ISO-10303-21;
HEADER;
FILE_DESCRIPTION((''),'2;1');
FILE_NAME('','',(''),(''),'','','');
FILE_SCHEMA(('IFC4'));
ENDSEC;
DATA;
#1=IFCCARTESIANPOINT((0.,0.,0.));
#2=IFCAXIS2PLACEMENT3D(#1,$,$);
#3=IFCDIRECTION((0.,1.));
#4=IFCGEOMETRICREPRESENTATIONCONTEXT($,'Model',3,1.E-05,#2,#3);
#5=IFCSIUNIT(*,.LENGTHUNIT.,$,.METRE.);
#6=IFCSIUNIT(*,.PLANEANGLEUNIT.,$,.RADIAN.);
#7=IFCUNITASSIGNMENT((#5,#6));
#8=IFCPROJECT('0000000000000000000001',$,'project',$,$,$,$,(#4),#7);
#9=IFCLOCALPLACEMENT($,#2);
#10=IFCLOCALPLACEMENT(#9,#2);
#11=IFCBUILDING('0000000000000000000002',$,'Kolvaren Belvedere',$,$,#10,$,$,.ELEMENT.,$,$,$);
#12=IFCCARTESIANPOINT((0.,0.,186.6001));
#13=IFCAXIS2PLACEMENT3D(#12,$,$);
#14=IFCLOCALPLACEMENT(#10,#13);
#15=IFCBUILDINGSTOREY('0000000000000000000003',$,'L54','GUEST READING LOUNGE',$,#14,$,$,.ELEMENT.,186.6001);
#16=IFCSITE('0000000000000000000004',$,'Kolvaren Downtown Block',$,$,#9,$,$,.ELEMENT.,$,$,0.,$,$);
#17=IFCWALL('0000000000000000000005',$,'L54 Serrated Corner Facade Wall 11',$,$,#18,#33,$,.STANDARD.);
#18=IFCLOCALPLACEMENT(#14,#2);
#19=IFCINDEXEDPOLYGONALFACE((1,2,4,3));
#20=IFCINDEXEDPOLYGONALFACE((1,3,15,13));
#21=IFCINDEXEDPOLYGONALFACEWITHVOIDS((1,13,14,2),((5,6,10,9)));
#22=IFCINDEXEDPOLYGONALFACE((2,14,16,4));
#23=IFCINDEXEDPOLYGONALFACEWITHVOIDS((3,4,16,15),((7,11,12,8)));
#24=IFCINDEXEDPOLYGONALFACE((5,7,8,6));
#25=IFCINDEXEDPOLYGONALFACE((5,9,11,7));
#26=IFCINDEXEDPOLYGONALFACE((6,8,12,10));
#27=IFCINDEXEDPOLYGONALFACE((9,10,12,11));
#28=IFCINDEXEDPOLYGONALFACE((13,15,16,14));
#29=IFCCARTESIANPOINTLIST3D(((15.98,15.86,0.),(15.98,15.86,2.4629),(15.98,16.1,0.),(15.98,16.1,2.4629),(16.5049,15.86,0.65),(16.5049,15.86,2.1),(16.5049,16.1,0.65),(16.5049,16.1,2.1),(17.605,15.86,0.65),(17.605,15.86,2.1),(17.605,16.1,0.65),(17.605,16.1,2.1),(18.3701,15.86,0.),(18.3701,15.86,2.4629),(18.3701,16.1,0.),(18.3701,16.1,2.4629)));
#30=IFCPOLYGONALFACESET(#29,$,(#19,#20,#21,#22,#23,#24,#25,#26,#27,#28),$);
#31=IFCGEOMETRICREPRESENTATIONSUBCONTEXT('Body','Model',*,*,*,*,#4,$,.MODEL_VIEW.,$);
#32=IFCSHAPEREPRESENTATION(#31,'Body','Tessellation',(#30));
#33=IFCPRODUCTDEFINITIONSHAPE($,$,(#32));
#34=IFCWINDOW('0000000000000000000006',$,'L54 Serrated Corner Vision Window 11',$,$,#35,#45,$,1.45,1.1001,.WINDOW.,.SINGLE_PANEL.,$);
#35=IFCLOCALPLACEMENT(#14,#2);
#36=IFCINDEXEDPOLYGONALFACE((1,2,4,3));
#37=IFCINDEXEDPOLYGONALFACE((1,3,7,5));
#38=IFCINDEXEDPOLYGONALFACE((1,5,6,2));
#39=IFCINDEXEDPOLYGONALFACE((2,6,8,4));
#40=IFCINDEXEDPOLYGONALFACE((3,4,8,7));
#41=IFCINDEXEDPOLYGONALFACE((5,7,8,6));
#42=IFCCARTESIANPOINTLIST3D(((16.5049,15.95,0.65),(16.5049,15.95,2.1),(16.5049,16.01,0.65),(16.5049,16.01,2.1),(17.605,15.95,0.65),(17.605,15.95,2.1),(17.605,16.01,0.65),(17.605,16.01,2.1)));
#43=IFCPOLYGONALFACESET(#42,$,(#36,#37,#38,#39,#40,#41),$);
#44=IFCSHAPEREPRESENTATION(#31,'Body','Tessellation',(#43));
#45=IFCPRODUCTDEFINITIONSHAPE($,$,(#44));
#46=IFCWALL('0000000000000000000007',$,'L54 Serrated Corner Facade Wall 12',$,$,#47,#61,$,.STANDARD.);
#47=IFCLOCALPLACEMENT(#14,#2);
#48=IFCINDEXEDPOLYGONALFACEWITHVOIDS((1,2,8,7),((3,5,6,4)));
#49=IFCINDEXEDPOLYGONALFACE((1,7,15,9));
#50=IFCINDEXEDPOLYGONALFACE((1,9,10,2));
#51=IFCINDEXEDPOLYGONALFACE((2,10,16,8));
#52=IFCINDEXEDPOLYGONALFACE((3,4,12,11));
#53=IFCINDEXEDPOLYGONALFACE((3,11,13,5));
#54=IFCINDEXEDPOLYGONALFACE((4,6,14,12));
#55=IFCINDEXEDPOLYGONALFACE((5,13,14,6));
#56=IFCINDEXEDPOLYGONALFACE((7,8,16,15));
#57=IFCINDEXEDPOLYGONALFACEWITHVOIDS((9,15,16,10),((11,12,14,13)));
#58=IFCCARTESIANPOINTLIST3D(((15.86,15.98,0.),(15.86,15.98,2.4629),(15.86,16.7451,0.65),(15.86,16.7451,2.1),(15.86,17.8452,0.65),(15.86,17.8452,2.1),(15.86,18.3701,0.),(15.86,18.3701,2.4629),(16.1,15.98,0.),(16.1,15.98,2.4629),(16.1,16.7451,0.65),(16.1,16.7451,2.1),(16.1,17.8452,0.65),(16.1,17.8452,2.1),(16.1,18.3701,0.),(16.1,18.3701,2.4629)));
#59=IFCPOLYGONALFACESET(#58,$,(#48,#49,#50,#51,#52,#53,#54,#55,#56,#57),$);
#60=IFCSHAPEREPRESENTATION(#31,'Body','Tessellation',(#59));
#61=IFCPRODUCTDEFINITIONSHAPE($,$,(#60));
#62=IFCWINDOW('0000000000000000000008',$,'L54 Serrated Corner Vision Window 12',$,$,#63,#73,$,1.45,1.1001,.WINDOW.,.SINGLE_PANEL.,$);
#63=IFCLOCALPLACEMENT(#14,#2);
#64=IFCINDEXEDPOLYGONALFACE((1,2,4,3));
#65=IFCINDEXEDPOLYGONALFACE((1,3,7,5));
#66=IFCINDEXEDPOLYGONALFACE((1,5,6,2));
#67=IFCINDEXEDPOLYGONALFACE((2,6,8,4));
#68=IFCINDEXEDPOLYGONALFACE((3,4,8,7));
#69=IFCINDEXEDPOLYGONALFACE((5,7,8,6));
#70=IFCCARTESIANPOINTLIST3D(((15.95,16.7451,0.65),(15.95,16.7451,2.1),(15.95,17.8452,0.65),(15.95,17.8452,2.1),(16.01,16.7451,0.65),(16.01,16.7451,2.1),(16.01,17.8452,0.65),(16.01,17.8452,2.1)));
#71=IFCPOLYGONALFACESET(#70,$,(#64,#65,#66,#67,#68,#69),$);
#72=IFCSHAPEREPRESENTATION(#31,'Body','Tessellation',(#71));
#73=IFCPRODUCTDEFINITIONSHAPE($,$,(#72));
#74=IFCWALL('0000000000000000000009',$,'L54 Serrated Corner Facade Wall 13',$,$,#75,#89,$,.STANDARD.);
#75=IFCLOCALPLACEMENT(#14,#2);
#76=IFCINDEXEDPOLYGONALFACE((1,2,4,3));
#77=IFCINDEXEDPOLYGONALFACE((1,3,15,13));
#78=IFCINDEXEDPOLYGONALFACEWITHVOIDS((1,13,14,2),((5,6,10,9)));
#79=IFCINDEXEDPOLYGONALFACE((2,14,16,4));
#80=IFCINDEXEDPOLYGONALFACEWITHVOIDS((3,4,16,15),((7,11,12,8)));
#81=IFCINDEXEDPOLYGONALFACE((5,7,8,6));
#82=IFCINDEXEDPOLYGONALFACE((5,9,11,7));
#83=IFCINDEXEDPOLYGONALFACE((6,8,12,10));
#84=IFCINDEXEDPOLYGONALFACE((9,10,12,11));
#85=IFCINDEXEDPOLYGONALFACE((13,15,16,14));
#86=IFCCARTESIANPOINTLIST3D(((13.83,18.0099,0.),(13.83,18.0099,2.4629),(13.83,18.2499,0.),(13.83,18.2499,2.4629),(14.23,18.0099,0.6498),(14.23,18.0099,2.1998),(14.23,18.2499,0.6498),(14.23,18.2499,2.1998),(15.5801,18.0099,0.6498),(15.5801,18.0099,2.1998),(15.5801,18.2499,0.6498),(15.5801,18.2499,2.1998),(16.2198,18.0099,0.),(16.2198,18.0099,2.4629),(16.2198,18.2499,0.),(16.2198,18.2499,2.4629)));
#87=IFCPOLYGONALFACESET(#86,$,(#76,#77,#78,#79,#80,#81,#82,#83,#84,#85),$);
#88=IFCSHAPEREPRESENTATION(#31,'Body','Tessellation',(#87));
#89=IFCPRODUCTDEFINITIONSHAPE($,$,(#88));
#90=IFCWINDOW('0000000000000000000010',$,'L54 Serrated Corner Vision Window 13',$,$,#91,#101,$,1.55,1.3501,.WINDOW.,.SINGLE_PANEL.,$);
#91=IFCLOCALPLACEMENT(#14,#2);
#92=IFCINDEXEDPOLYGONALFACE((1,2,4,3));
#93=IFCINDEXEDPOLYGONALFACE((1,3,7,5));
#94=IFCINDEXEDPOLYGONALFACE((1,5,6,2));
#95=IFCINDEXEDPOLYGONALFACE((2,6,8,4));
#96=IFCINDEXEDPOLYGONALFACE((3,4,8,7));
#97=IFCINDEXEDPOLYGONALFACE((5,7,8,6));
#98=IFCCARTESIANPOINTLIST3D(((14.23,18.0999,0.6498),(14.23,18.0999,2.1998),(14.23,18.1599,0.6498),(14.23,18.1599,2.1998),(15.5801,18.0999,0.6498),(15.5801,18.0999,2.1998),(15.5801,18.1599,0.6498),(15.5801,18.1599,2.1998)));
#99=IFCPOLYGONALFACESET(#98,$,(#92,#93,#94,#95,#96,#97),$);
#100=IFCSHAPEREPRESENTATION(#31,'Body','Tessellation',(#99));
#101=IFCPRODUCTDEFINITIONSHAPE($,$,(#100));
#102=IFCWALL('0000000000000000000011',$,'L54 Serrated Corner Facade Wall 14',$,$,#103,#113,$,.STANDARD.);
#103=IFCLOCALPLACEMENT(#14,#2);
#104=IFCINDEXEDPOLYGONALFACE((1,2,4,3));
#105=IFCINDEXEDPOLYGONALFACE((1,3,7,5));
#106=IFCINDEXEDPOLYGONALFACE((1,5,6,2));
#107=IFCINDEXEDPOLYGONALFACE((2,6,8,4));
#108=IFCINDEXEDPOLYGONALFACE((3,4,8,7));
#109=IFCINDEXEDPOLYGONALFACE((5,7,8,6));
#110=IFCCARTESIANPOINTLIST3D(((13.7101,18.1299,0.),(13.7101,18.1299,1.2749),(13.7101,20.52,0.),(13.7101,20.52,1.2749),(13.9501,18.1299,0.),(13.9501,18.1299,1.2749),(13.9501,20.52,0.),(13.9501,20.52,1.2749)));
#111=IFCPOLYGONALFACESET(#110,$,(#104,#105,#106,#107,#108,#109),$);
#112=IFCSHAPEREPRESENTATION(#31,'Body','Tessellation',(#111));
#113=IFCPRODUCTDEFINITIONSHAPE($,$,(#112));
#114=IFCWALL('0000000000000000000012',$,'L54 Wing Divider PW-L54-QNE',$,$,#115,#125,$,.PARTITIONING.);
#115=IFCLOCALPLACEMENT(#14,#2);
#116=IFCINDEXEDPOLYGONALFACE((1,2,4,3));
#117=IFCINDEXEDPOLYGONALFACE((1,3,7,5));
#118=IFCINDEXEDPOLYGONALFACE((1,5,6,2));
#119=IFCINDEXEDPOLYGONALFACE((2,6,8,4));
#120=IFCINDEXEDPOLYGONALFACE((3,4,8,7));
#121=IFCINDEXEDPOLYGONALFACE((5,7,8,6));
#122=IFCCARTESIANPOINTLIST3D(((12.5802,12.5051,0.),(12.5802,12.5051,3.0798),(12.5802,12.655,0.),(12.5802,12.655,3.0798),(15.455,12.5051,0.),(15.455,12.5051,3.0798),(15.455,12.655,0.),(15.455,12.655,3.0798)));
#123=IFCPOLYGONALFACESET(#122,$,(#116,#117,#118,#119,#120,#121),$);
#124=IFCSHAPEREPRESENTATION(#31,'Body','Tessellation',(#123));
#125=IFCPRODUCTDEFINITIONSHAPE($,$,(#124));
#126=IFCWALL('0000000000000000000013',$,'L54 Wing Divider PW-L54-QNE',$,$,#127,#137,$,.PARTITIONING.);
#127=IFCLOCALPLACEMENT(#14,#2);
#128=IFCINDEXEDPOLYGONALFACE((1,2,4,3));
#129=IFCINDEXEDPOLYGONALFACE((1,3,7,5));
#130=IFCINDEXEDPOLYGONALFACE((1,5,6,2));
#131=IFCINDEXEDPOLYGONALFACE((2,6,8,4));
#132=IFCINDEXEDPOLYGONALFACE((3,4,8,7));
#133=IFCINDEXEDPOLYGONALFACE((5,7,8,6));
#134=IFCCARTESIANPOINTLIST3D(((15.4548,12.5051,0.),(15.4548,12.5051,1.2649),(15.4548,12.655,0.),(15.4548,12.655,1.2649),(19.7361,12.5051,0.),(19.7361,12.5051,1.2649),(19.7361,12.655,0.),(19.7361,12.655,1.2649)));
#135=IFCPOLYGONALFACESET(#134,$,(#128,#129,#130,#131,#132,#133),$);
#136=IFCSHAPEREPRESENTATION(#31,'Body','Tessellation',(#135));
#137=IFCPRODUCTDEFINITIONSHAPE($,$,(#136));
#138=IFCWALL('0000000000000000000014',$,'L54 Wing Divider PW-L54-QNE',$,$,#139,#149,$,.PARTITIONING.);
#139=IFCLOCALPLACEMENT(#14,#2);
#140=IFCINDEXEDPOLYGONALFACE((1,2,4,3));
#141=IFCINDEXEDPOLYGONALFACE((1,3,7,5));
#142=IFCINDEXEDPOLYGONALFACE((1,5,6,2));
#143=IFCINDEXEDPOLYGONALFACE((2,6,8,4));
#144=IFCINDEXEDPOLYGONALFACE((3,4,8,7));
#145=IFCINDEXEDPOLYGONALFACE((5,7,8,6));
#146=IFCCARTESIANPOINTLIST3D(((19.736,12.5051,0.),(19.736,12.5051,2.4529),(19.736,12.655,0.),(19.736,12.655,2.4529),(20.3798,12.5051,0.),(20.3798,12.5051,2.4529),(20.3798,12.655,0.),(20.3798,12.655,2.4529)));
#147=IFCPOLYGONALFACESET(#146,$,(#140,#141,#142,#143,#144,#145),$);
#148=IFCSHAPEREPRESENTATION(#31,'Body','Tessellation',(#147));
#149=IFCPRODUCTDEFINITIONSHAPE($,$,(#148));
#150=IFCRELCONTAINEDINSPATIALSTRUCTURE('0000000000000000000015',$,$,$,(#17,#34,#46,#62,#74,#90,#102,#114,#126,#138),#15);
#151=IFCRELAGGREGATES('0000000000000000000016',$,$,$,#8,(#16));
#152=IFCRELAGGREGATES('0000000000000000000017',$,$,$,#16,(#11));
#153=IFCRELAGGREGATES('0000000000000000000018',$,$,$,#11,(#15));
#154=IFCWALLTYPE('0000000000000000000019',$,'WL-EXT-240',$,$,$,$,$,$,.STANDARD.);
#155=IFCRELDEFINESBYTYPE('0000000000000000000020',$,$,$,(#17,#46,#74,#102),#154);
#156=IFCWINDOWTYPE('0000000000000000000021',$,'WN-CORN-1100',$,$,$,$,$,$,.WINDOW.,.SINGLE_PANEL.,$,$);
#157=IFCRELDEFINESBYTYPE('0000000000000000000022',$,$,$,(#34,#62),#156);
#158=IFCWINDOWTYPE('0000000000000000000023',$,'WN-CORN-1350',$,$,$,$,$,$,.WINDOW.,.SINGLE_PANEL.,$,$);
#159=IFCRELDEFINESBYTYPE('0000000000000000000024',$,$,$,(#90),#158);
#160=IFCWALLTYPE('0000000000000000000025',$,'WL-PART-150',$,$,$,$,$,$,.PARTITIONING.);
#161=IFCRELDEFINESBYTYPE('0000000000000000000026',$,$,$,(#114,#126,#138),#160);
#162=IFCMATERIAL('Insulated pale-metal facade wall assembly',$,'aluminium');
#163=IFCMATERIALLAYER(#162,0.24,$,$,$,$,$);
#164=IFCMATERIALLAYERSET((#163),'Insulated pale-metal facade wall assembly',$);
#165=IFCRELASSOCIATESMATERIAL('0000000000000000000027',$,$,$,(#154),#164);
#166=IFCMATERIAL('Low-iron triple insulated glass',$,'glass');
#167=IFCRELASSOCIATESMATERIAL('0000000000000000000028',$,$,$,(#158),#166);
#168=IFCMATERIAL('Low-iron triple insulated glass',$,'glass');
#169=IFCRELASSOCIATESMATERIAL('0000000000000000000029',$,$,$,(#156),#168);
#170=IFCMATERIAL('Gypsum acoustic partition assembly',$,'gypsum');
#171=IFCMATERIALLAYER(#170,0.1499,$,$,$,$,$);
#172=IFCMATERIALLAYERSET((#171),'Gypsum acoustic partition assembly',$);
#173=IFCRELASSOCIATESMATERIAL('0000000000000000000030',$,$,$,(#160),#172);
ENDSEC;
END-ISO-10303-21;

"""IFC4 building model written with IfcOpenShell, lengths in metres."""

from ifc_helpers import new_model, si_unit, direction, frame, frame_2d, origin, place, context, subcontext, project, spatial, rectangle, extrude, material, layer, layer_set, type_object, element, fill, save


model = new_model("IFC4")

# Units and contexts
model_context = context("Model", 3, precision=1e-05, world=origin(), true_north=direction((0.0, 1.0)))
body_context = subcontext(model_context, "Body", "Model", "MODEL_VIEW")
ifc_project = project(units=[si_unit("LENGTHUNIT", "METRE"), si_unit("PLANEANGLEUNIT", "RADIAN")], contexts=[model_context])

# Site, building, storey
site_placement = place(None, origin())
site = spatial("IfcSite", under=ifc_project, at=site_placement, Name="Kolvaren Downtown Block", CompositionType="ELEMENT", RefElevation=0.0)
building_placement = place(site_placement, origin())
building = spatial("IfcBuilding", under=site, at=building_placement, Name="Kolvaren Belvedere", CompositionType="ELEMENT")
storey_placement = place(building_placement, frame((0.0, 0.0, 186.6001)))
storey = spatial("IfcBuildingStorey", under=building, at=storey_placement, Name="L54", Description="GUEST READING LOUNGE", CompositionType="ELEMENT", Elevation=186.6001)

# Shared definitions
ifc_material_1 = material(Name="Insulated pale-metal facade wall assembly", Category="aluminium")
ifc_layer_1 = layer(ifc_material_1, 0.24)
ifc_layer_set_1 = layer_set([ifc_layer_1], Name="Insulated pale-metal facade wall assembly")
wall_type_1 = type_object("IfcWallType", Name="WL-EXT-240", PredefinedType="STANDARD", material=ifc_layer_set_1)

# Walls, openings, windows
ifc_material_2 = material(Name="Low-iron triple insulated glass", Category="glass")
window_type_1 = type_object("IfcWindowType", Name="WN-CORN-1350", PartitioningType="SINGLE_PANEL", PredefinedType="WINDOW", material=ifc_material_2)
wall_1_placement = place(storey_placement, frame((15.98, 15.98, 0.0), z_axis=(0.0, 0.0, 1.0), x_axis=(1.0, 0.0, 0.0)))
wall_1 = element("IfcWall", 1, at=wall_1_placement, inside=storey, type_object=wall_type_1, Name="L54 Serrated Corner Facade Wall 11", PredefinedType="STANDARD", context=body_context, shape_type="SweptSolid", body=[
    extrude(rectangle(XDim=2.3901, YDim=0.24, at=frame_2d((1.1951, 0.0))), origin(), (0.0, 0.0, 1.0), 2.4629),
])
opening_1_placement = place(wall_1_placement, frame((0.5249, 0.0, 0.6499)))
opening_1 = element("IfcOpeningElement", 2, at=opening_1_placement, cuts=wall_1, PredefinedType="OPENING", context=body_context, shape_type="SweptSolid", body=[
    extrude(rectangle(XDim=1.1001, YDim=1.45, at=frame_2d((0.55, 0.7251))), frame((0.0, 0.1299, 0.0), z_axis=(0.0, -1.0, 0.0), x_axis=(1.0, 0.0, 0.0)), (0.0, 0.0, 1.0), 0.26),
])
ifc_material_3 = material(Name="Low-iron triple insulated glass", Category="glass")
window_type_2 = type_object("IfcWindowType", Name="WN-CORN-1100", PartitioningType="SINGLE_PANEL", PredefinedType="WINDOW", material=ifc_material_3)
window_1_placement = place(opening_1_placement, origin())
window_1 = element("IfcWindow", 3, at=window_1_placement, inside=storey, type_object=window_type_2, Name="L54 Serrated Corner Vision Window 11", OverallHeight=1.45, OverallWidth=1.1001, PartitioningType="SINGLE_PANEL", PredefinedType="WINDOW", context=body_context, shape_type="SweptSolid", body=[
    extrude(rectangle(XDim=1.1001, YDim=1.45, at=frame_2d((0.55, 0.7251))), frame((0.0, 0.03, 0.0), z_axis=(0.0, -1.0, 0.0), x_axis=(1.0, 0.0, 0.0)), (0.0, 0.0, 1.0), 0.0601),
])
fill(opening_1, window_1)
wall_2_placement = place(storey_placement, frame((15.98, 18.3701, 0.0), z_axis=(0.0, 0.0, 1.0), x_axis=(0.0, -1.0, 0.0)))
wall_2 = element("IfcWall", 4, at=wall_2_placement, inside=storey, type_object=wall_type_1, Name="L54 Serrated Corner Facade Wall 12", PredefinedType="STANDARD", context=body_context, shape_type="SweptSolid", body=[
    extrude(rectangle(XDim=2.3901, YDim=0.24, at=frame_2d((1.1951, 0.0))), origin(), (0.0, 0.0, 1.0), 2.4629),
])
opening_2_placement = place(wall_2_placement, frame((0.5249, 0.0, 0.6499)))
opening_2 = element("IfcOpeningElement", 5, at=opening_2_placement, cuts=wall_2, PredefinedType="OPENING", context=body_context, shape_type="SweptSolid", body=[
    extrude(rectangle(XDim=1.1001, YDim=1.45, at=frame_2d((0.55, 0.7251))), frame((0.0, 0.1299, 0.0), z_axis=(0.0, -1.0, 0.0), x_axis=(1.0, 0.0, 0.0)), (0.0, 0.0, 1.0), 0.26),
])
window_2_placement = place(opening_2_placement, origin())
window_2 = element("IfcWindow", 6, at=window_2_placement, inside=storey, type_object=window_type_2, Name="L54 Serrated Corner Vision Window 12", OverallHeight=1.45, OverallWidth=1.1001, PartitioningType="SINGLE_PANEL", PredefinedType="WINDOW", context=body_context, shape_type="SweptSolid", body=[
    extrude(rectangle(XDim=1.1001, YDim=1.45, at=frame_2d((0.55, 0.7251))), frame((0.0, 0.03, 0.0), z_axis=(0.0, -1.0, 0.0), x_axis=(1.0, 0.0, 0.0)), (0.0, 0.0, 1.0), 0.0601),
])
fill(opening_2, window_2)
wall_3_placement = place(storey_placement, frame((13.8301, 18.1299, 0.0), z_axis=(0.0, 0.0, 1.0), x_axis=(1.0, 0.0, 0.0)))
wall_3 = element("IfcWall", 7, at=wall_3_placement, inside=storey, type_object=wall_type_1, Name="L54 Serrated Corner Facade Wall 13", PredefinedType="STANDARD", context=body_context, shape_type="SweptSolid", body=[
    extrude(rectangle(XDim=2.3899, YDim=0.24, at=frame_2d((1.1948, 0.0))), origin(), (0.0, 0.0, 1.0), 2.4629),
])
opening_3_placement = place(wall_3_placement, frame((0.3999, 0.0, 0.6499)))
opening_3 = element("IfcOpeningElement", 8, at=opening_3_placement, cuts=wall_3, PredefinedType="OPENING", context=body_context, shape_type="SweptSolid", body=[
    extrude(rectangle(XDim=1.3501, YDim=1.55, at=frame_2d((0.675, 0.7749))), frame((0.0, 0.1299, 0.0), z_axis=(0.0, -1.0, 0.0), x_axis=(1.0, 0.0, 0.0)), (0.0, 0.0, 1.0), 0.26),
])
window_3_placement = place(opening_3_placement, origin())
window_3 = element("IfcWindow", 9, at=window_3_placement, inside=storey, type_object=window_type_1, Name="L54 Serrated Corner Vision Window 13", OverallHeight=1.55, OverallWidth=1.3501, PartitioningType="SINGLE_PANEL", PredefinedType="WINDOW", context=body_context, shape_type="SweptSolid", body=[
    extrude(rectangle(XDim=1.3501, YDim=1.55, at=frame_2d((0.675, 0.7749))), frame((0.0, 0.03, 0.0), z_axis=(0.0, -1.0, 0.0), x_axis=(1.0, 0.0, 0.0)), (0.0, 0.0, 1.0), 0.0601),
])
fill(opening_3, window_3)

# Walls
wall_4_placement = place(storey_placement, frame((13.8301, 20.52, 0.0), z_axis=(0.0, 0.0, 1.0), x_axis=(0.0, -1.0, 0.0)))
element("IfcWall", 10, at=wall_4_placement, inside=storey, type_object=wall_type_1, Name="L54 Serrated Corner Facade Wall 14", PredefinedType="STANDARD", context=body_context, shape_type="SweptSolid", body=[
    extrude(rectangle(XDim=2.3901, YDim=0.24, at=frame_2d((1.1951, 0.0))), origin(), (0.0, 0.0, 1.0), 1.2749),
])
ifc_material_4 = material(Name="Gypsum acoustic partition assembly", Category="gypsum")
ifc_layer_2 = layer(ifc_material_4, 0.1499)
ifc_layer_set_2 = layer_set([ifc_layer_2], Name="Gypsum acoustic partition assembly")
wall_type_2 = type_object("IfcWallType", Name="WL-PART-150", PredefinedType="PARTITIONING", material=ifc_layer_set_2)
wall_5_placement = place(storey_placement, frame((12.5801, 12.5801, 0.0), z_axis=(0.0, 0.0, 1.0), x_axis=(1.0, 0.0, 0.0)))
element("IfcWall", 11, at=wall_5_placement, inside=storey, type_object=wall_type_2, Name="L54 Wing Divider PW-L54-QNE", PredefinedType="PARTITIONING", context=body_context, shape_type="SweptSolid", body=[
    extrude(rectangle(XDim=2.8748, YDim=0.1499, at=frame_2d((1.4375, 0.0))), origin(), (0.0, 0.0, 1.0), 3.0798),
])
wall_6_placement = place(storey_placement, frame((15.4548, 12.5801, 0.0), z_axis=(0.0, 0.0, 1.0), x_axis=(1.0, 0.0, 0.0)))
element("IfcWall", 12, at=wall_6_placement, inside=storey, type_object=wall_type_2, Name="L54 Wing Divider PW-L54-QNE", PredefinedType="PARTITIONING", context=body_context, shape_type="SweptSolid", body=[
    extrude(rectangle(XDim=4.2812, YDim=0.1499, at=frame_2d((2.1406, 0.0))), origin(), (0.0, 0.0, 1.0), 1.2649),
])
wall_7_placement = place(storey_placement, frame((19.7361, 12.5801, 0.0), z_axis=(0.0, 0.0, 1.0), x_axis=(1.0, 0.0, 0.0)))
element("IfcWall", 13, at=wall_7_placement, inside=storey, type_object=wall_type_2, Name="L54 Wing Divider PW-L54-QNE", PredefinedType="PARTITIONING", context=body_context, shape_type="SweptSolid", body=[
    extrude(rectangle(XDim=0.6438, YDim=0.1499, at=frame_2d((0.3218, 0.0))), origin(), (0.0, 0.0, 1.0), 2.4529),
])

save(model, "model.ifc")
